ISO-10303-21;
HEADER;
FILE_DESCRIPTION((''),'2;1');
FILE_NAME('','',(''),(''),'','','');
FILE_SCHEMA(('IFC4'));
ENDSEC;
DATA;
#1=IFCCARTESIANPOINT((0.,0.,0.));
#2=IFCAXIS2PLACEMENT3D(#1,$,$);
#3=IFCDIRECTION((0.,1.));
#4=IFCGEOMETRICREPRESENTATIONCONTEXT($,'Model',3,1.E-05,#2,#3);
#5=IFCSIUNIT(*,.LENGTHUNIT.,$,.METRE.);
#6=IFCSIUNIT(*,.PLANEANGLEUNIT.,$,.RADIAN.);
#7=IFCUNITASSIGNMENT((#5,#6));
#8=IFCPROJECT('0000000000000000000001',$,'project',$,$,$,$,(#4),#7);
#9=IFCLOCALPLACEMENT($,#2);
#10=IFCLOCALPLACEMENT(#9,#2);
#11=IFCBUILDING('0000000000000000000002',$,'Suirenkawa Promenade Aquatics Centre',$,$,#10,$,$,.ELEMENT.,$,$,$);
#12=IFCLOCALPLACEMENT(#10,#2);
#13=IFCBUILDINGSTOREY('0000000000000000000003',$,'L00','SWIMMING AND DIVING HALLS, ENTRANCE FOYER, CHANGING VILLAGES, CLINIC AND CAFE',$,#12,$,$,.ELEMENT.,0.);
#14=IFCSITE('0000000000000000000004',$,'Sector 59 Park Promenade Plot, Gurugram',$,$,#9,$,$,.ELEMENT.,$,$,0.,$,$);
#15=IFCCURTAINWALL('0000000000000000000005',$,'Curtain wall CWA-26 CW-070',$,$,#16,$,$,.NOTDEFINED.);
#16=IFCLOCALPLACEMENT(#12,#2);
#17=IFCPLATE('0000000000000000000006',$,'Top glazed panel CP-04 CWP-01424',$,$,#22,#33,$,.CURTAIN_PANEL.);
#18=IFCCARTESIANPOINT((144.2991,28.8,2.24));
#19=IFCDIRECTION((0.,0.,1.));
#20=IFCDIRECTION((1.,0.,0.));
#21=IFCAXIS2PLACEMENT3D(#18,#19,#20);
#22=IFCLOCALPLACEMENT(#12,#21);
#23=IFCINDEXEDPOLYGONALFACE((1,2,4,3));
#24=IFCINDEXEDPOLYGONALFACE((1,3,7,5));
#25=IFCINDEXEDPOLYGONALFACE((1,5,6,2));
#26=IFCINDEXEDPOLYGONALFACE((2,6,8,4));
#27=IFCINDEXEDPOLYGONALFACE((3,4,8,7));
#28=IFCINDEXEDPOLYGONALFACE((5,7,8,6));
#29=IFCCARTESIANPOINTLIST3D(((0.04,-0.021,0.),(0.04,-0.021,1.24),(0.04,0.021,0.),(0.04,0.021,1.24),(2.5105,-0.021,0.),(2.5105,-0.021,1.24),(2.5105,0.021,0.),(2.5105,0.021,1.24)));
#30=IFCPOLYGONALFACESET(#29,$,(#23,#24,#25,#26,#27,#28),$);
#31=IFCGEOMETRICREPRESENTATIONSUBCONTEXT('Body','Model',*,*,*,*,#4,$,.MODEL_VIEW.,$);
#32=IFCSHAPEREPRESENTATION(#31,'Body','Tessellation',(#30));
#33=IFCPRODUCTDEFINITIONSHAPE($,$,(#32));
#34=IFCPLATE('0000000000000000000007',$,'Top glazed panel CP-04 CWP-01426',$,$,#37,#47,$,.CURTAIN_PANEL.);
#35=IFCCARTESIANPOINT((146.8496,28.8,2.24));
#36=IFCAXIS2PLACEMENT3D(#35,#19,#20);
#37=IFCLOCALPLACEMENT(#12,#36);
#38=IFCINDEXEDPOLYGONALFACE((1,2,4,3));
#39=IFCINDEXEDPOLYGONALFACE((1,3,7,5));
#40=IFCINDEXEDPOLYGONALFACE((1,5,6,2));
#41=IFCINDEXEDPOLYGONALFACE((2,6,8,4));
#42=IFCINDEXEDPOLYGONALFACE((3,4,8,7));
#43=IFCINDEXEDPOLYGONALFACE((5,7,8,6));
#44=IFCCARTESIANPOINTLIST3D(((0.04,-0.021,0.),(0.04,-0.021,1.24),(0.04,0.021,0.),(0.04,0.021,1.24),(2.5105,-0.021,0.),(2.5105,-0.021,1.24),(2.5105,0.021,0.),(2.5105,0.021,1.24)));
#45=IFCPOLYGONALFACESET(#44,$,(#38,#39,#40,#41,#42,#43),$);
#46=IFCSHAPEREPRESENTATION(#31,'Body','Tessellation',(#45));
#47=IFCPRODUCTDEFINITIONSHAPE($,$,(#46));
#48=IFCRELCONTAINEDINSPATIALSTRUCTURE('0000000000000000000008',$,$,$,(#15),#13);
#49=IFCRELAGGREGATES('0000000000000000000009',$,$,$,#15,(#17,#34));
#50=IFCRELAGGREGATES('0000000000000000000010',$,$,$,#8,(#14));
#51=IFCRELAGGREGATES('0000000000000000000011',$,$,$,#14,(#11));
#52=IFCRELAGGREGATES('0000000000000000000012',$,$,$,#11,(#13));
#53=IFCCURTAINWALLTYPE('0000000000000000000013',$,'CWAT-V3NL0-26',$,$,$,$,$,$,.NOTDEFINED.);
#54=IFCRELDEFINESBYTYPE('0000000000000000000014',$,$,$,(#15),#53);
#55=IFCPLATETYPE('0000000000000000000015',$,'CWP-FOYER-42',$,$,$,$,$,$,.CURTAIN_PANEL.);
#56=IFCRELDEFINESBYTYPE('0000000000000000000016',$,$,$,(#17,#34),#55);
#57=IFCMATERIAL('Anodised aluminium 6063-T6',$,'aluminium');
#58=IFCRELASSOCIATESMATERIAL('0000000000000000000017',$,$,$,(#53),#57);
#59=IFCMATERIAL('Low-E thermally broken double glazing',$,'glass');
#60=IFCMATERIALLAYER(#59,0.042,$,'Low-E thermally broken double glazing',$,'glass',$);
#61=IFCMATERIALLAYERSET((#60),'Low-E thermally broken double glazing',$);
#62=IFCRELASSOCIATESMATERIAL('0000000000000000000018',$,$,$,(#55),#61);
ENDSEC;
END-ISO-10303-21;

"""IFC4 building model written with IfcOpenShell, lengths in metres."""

from ifc_helpers import new_model, si_unit, direction, frame, origin, place, context, subcontext, project, spatial, polyline, outline, extrude, material, layer, layer_set, type_object, element, aggregate, save


model = new_model("IFC4")

# Units and contexts
model_context = context("Model", 3, precision=1e-05, world=origin(), true_north=direction((0.0, 1.0)))
body_context = subcontext(model_context, "Body", "Model", "MODEL_VIEW")
ifc_project = project(units=[si_unit("LENGTHUNIT", "METRE"), si_unit("PLANEANGLEUNIT", "RADIAN")], contexts=[model_context])

# Site, building, storey
site_placement = place(None, origin())
site = spatial("IfcSite", under=ifc_project, at=site_placement, Name="Sector 59 Park Promenade Plot, Gurugram", CompositionType="ELEMENT", RefElevation=0.0)
building_placement = place(site_placement, origin())
building = spatial("IfcBuilding", under=site, at=building_placement, Name="Suirenkawa Promenade Aquatics Centre", CompositionType="ELEMENT")
storey_placement = place(building_placement, origin())
storey = spatial("IfcBuildingStorey", under=building, at=storey_placement, Name="L00", Description="SWIMMING AND DIVING HALLS, ENTRANCE FOYER, CHANGING VILLAGES, CLINIC AND CAFE", CompositionType="ELEMENT", Elevation=0.0)

# Curtain wall, plates
ifc_material_1 = material(Name="Anodised aluminium 6063-T6", Category="aluminium")
curtain_wall_type = type_object("IfcCurtainWallType", Name="CWAT-V3NL0-26", PredefinedType="NOTDEFINED", material=ifc_material_1)
curtain_wall_placement = place(storey_placement, origin())
curtain_wall = element("IfcCurtainWall", 1, at=curtain_wall_placement, inside=storey, type_object=curtain_wall_type, Name="Curtain wall CWA-26 CW-070", PredefinedType="NOTDEFINED")
ifc_material_2 = material(Name="Low-E thermally broken double glazing", Category="glass")
ifc_layer_1 = layer(ifc_material_2, 0.042, Name="Low-E thermally broken double glazing", Category="glass")
ifc_layer_set_1 = layer_set([ifc_layer_1], Name="Low-E thermally broken double glazing")
plate_type = type_object("IfcPlateType", Name="CWP-FOYER-42", PredefinedType="CURTAIN_PANEL", material=ifc_layer_set_1)
plate_1_placement = place(storey_placement, frame((144.2991, 28.8, 2.24), z_axis=(0.0, 0.0, 1.0), x_axis=(1.0, 0.0, 0.0)))
plate_1 = element("IfcPlate", 2, at=plate_1_placement, type_object=plate_type, Name="Top glazed panel CP-04 CWP-01424", PredefinedType="CURTAIN_PANEL", context=body_context, shape_type="SweptSolid", body=[
    extrude(outline(polyline([(0.04, 0.0), (2.5105, 0.0), (2.5105, 1.24), (0.04, 1.24), (0.04, 0.0)])), frame((0.0, 0.021, 0.0), z_axis=(0.0, -1.0, 0.0), x_axis=(1.0, 0.0, 0.0)), (0.0, 0.0, 1.0), 0.042),
])
plate_2_placement = place(storey_placement, frame((146.8496, 28.8, 2.24), z_axis=(0.0, 0.0, 1.0), x_axis=(1.0, 0.0, 0.0)))
plate_2 = element("IfcPlate", 3, at=plate_2_placement, type_object=plate_type, Name="Top glazed panel CP-04 CWP-01426", PredefinedType="CURTAIN_PANEL", context=body_context, shape_type="SweptSolid", body=[
    extrude(outline(polyline([(0.04, 0.0), (2.5105, 0.0), (2.5105, 1.24), (0.04, 1.24), (0.04, 0.0)])), frame((0.0, 0.021, 0.0), z_axis=(0.0, -1.0, 0.0), x_axis=(1.0, 0.0, 0.0)), (0.0, 0.0, 1.0), 0.042),
])
aggregate(curtain_wall, [plate_1, plate_2])

save(model, "model.ifc")
